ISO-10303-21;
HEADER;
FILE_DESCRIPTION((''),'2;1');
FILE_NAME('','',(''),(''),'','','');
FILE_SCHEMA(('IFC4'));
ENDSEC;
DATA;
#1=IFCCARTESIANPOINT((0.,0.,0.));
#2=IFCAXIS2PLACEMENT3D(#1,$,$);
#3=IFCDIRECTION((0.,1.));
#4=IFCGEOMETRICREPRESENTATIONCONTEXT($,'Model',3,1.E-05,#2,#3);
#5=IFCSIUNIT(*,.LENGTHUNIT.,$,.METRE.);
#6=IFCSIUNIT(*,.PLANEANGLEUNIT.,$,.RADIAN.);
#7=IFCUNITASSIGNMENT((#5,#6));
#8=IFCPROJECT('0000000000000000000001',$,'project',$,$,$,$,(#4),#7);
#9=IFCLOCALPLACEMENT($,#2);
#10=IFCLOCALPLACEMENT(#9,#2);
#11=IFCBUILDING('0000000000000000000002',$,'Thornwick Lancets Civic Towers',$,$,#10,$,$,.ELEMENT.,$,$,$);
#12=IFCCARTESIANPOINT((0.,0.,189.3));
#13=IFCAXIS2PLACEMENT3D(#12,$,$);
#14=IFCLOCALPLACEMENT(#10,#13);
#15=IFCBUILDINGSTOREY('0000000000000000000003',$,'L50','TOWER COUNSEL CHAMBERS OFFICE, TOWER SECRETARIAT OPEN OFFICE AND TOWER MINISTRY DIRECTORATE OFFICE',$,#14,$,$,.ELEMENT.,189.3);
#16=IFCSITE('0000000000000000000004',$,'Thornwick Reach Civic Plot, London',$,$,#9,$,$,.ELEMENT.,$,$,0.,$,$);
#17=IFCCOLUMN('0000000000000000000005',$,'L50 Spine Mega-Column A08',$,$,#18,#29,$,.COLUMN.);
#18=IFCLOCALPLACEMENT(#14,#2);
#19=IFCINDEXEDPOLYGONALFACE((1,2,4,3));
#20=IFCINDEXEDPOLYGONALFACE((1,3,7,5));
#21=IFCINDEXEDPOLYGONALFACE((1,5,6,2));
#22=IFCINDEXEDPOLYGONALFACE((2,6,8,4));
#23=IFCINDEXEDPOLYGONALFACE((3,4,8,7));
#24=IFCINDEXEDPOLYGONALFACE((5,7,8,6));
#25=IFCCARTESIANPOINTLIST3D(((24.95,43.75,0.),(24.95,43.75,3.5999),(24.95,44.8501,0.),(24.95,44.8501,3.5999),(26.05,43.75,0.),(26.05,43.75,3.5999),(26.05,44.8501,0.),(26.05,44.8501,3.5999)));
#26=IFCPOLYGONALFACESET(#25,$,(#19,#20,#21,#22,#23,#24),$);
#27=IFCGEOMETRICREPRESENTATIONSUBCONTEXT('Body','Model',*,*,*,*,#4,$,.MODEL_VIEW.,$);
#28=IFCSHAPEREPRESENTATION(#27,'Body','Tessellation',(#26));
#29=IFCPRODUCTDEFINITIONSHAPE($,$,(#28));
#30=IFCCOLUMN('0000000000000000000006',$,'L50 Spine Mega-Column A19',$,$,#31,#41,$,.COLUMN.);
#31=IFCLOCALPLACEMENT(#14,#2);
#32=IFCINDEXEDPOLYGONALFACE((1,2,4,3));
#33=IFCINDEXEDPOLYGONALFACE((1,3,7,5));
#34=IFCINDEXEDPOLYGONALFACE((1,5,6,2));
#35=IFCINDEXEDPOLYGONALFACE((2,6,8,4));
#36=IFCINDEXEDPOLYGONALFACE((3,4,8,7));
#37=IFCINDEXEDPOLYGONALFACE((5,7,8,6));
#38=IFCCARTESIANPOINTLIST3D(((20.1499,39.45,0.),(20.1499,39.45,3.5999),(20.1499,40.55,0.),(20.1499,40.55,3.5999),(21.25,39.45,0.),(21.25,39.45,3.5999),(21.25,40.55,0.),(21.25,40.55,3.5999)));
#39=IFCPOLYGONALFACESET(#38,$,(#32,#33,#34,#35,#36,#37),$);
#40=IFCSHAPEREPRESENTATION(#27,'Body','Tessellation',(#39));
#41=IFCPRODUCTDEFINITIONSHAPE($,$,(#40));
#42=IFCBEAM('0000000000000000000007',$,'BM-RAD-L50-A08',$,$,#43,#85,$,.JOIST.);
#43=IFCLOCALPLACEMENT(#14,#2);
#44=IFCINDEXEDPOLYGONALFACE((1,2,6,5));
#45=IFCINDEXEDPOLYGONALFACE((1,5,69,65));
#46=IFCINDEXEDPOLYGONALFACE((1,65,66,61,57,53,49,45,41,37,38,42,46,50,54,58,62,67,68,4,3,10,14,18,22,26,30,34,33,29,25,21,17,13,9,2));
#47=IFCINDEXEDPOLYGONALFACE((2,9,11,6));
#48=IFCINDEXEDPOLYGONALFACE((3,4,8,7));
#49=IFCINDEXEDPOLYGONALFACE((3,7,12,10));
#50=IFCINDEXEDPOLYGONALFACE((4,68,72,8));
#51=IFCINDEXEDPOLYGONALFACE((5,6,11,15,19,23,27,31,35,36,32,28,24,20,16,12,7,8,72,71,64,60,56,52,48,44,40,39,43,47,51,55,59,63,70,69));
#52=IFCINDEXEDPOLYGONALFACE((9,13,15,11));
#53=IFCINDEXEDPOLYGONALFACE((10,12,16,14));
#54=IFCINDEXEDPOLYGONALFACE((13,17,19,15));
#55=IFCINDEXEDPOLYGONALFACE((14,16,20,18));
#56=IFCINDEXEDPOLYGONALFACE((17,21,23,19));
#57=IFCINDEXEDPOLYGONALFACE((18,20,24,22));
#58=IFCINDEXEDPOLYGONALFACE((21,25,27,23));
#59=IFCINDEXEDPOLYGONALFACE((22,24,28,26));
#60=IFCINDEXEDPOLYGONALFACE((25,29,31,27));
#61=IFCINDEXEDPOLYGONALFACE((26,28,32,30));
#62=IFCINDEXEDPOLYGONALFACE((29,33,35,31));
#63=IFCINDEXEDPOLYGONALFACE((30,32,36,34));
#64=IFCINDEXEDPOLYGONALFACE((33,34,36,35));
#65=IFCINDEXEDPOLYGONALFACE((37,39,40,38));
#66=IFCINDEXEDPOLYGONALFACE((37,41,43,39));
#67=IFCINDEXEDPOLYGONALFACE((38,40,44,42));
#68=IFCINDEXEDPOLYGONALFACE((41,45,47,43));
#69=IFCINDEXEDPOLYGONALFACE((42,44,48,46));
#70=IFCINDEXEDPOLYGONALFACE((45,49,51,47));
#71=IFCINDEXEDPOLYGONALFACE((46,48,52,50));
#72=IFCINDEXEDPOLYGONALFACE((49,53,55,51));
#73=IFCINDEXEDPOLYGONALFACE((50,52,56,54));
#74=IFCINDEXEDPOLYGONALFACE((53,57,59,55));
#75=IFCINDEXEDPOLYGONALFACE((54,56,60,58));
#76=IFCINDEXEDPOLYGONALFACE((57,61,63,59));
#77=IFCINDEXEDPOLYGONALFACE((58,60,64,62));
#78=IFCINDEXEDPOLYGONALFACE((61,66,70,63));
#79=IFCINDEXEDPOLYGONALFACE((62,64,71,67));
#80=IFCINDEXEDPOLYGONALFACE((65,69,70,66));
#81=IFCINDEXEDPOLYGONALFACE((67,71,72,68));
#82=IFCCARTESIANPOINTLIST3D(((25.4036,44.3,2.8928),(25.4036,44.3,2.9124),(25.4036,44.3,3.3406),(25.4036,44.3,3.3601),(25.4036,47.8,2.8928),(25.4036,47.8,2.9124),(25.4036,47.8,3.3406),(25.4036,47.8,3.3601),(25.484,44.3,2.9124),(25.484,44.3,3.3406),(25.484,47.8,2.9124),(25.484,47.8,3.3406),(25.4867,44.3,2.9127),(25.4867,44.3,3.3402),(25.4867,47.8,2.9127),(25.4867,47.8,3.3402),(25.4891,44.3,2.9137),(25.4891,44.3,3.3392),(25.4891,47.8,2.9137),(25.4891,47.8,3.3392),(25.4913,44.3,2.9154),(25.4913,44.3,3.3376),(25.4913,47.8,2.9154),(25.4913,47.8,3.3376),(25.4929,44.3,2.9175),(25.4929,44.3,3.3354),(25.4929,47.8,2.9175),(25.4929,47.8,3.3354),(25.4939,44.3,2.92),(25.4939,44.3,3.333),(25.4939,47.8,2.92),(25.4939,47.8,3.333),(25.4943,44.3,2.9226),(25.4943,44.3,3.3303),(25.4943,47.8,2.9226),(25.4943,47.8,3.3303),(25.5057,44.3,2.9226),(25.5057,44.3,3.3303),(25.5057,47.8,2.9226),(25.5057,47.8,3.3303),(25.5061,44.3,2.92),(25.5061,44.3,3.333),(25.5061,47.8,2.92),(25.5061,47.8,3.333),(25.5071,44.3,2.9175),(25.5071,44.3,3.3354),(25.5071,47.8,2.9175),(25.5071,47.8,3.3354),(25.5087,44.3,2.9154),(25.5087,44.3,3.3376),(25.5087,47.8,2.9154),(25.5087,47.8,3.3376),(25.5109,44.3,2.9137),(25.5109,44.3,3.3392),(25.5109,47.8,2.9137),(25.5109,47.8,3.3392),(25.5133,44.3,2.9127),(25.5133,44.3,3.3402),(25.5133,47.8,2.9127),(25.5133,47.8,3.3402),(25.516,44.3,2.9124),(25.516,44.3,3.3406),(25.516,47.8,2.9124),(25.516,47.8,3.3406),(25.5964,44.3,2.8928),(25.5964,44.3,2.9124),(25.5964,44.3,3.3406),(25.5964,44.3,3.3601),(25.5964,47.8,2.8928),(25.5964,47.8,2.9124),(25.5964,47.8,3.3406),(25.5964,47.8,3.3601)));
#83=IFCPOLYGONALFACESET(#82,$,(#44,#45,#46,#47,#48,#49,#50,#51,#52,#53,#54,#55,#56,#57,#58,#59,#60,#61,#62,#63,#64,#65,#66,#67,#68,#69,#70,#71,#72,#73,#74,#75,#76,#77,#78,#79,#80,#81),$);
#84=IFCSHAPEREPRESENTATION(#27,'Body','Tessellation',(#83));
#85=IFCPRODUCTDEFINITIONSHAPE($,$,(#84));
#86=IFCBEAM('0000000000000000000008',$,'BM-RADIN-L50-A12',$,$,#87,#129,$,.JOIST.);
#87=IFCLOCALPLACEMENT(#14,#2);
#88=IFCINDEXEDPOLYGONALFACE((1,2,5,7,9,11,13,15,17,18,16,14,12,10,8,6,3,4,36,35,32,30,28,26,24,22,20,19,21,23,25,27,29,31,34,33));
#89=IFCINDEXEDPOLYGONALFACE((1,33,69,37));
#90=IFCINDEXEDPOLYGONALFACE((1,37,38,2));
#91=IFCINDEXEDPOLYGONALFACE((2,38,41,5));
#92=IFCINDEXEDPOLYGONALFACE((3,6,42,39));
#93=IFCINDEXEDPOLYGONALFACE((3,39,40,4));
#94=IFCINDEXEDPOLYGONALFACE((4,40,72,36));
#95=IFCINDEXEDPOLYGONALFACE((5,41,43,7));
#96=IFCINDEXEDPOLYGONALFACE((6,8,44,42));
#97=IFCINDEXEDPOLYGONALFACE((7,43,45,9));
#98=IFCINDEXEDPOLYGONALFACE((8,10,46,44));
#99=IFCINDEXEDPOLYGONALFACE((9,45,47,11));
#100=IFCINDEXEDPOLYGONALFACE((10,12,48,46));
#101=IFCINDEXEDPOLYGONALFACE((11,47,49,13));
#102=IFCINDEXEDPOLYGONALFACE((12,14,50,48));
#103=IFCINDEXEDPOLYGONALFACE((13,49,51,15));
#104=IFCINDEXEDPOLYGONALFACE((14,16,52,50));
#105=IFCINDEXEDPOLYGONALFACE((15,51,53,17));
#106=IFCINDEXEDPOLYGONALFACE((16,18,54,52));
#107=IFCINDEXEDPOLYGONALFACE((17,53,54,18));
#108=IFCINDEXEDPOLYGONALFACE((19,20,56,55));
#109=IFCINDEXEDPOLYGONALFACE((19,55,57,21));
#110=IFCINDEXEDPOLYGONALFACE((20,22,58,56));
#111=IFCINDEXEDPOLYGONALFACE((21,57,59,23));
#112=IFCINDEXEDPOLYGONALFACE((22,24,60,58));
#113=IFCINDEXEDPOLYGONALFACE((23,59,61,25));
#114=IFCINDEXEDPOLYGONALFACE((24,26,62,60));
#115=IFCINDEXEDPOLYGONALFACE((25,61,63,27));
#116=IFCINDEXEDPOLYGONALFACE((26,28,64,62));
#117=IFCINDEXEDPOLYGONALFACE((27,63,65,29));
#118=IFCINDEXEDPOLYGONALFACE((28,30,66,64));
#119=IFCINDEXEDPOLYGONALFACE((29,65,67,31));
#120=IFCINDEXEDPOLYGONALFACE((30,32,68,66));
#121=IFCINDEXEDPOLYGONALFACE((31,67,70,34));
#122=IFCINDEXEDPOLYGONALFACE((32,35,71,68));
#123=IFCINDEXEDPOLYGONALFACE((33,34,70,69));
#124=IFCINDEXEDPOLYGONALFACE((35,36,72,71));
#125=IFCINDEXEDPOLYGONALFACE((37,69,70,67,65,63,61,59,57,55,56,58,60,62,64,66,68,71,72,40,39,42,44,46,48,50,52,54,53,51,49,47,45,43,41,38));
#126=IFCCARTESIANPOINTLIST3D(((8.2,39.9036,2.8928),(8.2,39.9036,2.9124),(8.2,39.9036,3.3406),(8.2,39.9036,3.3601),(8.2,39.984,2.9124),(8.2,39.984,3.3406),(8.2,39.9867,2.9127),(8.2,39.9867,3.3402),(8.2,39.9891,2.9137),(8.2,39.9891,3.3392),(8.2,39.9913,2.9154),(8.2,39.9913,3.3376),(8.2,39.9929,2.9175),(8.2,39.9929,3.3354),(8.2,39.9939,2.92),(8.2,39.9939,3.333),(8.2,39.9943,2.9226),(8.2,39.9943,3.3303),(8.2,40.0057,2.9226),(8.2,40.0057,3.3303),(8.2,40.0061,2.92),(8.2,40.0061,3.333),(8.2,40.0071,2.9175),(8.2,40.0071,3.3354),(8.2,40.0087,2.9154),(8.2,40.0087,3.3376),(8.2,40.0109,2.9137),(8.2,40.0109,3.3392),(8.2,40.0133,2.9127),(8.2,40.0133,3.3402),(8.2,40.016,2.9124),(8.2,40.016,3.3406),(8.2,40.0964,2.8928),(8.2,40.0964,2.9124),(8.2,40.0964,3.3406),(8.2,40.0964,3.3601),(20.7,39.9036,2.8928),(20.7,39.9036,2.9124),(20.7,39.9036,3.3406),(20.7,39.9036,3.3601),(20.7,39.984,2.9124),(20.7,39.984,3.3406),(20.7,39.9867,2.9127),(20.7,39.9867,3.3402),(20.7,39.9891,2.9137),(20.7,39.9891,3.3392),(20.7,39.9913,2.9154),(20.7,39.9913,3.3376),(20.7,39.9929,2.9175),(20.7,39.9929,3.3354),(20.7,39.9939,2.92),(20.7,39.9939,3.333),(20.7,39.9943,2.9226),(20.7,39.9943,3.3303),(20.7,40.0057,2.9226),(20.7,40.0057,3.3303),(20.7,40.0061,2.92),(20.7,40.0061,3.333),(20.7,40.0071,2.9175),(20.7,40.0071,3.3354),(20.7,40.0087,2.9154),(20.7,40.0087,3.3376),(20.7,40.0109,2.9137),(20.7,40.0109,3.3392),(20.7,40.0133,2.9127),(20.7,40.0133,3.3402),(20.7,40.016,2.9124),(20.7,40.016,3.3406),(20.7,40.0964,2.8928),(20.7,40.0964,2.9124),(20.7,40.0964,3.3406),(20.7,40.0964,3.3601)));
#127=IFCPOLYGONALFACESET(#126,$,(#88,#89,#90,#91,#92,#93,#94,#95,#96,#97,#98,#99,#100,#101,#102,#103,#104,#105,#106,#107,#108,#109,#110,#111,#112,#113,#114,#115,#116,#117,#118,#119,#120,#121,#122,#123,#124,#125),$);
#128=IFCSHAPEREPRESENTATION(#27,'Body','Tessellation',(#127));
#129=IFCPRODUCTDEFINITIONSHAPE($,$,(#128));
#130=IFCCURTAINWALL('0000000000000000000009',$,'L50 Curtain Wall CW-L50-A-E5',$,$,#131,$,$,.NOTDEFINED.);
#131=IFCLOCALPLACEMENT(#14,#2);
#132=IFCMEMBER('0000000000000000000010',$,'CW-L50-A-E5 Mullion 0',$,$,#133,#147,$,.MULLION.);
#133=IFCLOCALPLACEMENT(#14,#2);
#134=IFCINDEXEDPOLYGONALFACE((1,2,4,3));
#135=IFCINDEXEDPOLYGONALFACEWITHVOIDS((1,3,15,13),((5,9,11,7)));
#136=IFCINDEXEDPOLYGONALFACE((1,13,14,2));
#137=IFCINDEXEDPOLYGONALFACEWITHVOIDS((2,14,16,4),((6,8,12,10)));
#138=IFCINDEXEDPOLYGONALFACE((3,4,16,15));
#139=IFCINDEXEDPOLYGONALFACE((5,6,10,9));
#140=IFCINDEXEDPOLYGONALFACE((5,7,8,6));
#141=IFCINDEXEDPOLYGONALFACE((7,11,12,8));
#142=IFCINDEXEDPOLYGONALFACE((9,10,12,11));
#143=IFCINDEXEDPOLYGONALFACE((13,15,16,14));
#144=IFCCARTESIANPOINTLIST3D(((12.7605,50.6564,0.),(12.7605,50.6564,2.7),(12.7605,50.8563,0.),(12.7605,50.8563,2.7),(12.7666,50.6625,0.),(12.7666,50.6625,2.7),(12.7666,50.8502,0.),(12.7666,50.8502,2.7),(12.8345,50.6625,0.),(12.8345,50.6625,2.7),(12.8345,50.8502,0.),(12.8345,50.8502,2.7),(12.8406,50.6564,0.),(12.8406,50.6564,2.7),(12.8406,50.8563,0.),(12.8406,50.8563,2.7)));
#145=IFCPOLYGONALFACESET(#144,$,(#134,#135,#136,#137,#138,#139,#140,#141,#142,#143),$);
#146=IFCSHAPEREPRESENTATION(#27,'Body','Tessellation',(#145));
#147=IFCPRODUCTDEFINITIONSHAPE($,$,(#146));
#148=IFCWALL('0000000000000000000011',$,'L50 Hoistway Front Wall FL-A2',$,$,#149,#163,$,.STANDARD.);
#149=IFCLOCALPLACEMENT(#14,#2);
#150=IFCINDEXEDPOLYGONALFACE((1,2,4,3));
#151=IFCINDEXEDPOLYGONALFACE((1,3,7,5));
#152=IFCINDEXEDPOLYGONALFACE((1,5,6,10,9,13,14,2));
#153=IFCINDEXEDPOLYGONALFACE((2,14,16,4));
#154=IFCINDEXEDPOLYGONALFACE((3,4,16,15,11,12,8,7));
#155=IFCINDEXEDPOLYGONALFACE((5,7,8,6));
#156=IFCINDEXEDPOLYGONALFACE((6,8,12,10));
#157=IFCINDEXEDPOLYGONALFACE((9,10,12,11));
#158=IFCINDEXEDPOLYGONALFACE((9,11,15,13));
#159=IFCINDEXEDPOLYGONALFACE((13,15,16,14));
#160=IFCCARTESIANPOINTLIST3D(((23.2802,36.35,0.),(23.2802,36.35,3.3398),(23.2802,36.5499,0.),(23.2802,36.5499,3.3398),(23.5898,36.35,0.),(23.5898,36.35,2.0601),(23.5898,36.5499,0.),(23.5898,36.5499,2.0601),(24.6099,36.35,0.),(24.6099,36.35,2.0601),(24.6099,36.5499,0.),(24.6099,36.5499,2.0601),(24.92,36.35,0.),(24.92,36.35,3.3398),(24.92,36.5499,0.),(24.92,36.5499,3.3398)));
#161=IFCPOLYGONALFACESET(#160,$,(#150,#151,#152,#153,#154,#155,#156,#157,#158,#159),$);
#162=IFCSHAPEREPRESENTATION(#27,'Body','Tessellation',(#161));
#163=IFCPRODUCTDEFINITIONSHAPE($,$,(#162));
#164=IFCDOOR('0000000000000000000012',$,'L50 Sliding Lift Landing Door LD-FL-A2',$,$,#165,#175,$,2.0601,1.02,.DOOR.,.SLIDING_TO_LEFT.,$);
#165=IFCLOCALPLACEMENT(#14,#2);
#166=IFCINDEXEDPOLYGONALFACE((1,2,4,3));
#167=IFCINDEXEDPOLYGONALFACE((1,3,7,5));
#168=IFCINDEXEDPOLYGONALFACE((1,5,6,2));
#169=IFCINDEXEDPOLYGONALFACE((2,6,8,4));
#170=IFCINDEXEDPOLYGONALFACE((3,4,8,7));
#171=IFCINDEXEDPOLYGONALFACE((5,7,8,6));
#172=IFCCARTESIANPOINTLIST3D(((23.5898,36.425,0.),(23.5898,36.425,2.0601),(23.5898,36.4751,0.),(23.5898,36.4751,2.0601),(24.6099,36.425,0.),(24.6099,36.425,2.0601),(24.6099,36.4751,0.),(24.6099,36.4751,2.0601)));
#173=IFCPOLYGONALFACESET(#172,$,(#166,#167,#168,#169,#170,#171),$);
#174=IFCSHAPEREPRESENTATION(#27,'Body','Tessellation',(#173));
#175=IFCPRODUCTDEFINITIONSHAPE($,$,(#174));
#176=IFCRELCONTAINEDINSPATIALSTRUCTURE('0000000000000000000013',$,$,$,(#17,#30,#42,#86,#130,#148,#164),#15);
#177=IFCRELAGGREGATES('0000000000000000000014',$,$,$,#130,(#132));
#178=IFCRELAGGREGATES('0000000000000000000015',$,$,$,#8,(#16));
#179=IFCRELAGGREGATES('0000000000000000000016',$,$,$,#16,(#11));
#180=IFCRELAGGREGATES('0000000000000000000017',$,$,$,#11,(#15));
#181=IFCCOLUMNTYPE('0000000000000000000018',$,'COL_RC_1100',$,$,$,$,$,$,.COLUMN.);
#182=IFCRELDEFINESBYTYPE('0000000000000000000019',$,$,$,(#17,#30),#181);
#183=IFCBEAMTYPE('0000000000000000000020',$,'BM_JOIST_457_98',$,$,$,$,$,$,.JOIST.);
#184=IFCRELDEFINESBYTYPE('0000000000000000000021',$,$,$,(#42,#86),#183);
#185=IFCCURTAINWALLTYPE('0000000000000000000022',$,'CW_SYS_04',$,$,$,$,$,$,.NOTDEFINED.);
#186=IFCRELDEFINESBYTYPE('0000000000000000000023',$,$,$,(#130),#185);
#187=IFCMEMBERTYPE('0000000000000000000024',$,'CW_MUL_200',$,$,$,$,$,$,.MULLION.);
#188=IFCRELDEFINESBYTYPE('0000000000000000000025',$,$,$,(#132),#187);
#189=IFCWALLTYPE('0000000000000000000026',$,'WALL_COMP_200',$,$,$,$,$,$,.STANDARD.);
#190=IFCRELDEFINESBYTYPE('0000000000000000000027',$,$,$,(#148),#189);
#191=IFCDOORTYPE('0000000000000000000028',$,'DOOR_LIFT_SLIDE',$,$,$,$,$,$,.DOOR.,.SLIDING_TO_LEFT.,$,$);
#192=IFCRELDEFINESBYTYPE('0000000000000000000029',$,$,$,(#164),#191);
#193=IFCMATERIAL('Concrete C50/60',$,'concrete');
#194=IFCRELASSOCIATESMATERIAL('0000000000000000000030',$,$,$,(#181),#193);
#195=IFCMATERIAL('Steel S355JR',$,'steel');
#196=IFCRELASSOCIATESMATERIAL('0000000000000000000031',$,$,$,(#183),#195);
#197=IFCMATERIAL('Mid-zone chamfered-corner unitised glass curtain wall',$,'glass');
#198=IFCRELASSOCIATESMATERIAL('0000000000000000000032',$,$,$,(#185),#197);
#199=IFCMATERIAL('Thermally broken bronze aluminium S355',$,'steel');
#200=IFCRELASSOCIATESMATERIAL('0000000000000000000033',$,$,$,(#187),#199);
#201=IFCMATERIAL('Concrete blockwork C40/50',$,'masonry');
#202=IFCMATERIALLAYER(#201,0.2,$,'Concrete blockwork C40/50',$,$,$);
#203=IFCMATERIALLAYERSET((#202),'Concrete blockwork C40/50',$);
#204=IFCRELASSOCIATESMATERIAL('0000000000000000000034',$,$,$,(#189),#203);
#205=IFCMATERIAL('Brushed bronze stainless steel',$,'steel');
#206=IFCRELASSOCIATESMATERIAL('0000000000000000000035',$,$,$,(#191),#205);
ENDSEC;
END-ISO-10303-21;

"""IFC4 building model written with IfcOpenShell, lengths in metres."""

from ifc_helpers import new_model, si_unit, direction, frame, frame_2d, origin, origin_2d, place, context, subcontext, project, spatial, rectangle, hollow_rectangle, i_section, extrude, material, layer, layer_set, material_profile, profile_set, type_object, element, fill, aggregate, save


model = new_model("IFC4")

# Units and contexts
model_context = context("Model", 3, precision=1e-05, world=origin(), true_north=direction((0.0, 1.0)))
body_context = subcontext(model_context, "Body", "Model", "MODEL_VIEW")
ifc_project = project(units=[si_unit("LENGTHUNIT", "METRE"), si_unit("PLANEANGLEUNIT", "RADIAN")], contexts=[model_context])

# Site, building, storey
site_placement = place(None, origin())
site = spatial("IfcSite", under=ifc_project, at=site_placement, Name="Thornwick Reach Civic Plot, London", CompositionType="ELEMENT", RefElevation=0.0)
building_placement = place(site_placement, origin())
building = spatial("IfcBuilding", under=site, at=building_placement, Name="Thornwick Lancets Civic Towers", CompositionType="ELEMENT")
storey_placement = place(building_placement, frame((0.0, 0.0, 189.3)))
storey = spatial("IfcBuildingStorey", under=building, at=storey_placement, Name="L50", Description="TOWER COUNSEL CHAMBERS OFFICE, TOWER SECRETARIAT OPEN OFFICE AND TOWER MINISTRY DIRECTORATE OFFICE", CompositionType="ELEMENT", Elevation=189.3)

# Columns
ifc_material_1 = material(Name="Concrete C50/60", Category="concrete")
ifc_material_profile_1 = material_profile(ifc_material_1, rectangle(XDim=1.1001, YDim=1.1001, at=origin_2d()), Name="RC 1100x1100")
ifc_profile_set_1 = profile_set([ifc_material_profile_1], Name="Concrete C50/60")
column_type = type_object("IfcColumnType", Name="COL_RC_1100", PredefinedType="COLUMN", material=ifc_profile_set_1)
for number, where, z_axis, x_axis, name in (
    (1, (25.5, 44.3, 0.0), (0.0, 0.0, 1.0), (1.0, 0.0, 0.0), "L50 Spine Mega-Column A08"),
    (2, (20.7, 40.0, 0.0), (0.0, 0.0, 1.0), (1.0, 0.0, 0.0), "L50 Spine Mega-Column A19"),
):
    element("IfcColumn", number, at=place(storey_placement, frame(where, z_axis=z_axis, x_axis=x_axis)), inside=storey, type_object=column_type, Name=name, PredefinedType="COLUMN", context=body_context, shape_type="SweptSolid", body=[
        extrude(rectangle(XDim=1.1001, YDim=1.1001, at=origin_2d()), origin(), (0.0, 0.0, 1.0), 3.5999),
    ])

# Beams
ifc_material_2 = material(Name="Steel S355JR", Category="steel")
ifc_material_profile_2 = material_profile(ifc_material_2, i_section(OverallWidth=0.1929, OverallDepth=0.4673, WebThickness=0.0115, FlangeThickness=0.0195, FilletRadius=0.0103, at=origin_2d()), Name="UKB 457x191x98")
ifc_profile_set_2 = profile_set([ifc_material_profile_2], Name="Steel S355JR")
beam_type = type_object("IfcBeamType", Name="BM_JOIST_457_98", PredefinedType="JOIST", material=ifc_profile_set_2)
beam_1_placement = place(storey_placement, frame((25.5, 44.3, 3.1265), z_axis=(0.0, 1.0, 0.0), x_axis=(-1.0, 0.0, 0.0)))
element("IfcBeam", 3, at=beam_1_placement, inside=storey, type_object=beam_type, Name="BM-RAD-L50-A08", PredefinedType="JOIST", context=body_context, shape_type="SweptSolid", body=[
    extrude(i_section(OverallWidth=0.1929, OverallDepth=0.4673, WebThickness=0.0115, FlangeThickness=0.0195, FilletRadius=0.0103, at=origin_2d()), origin(), (0.0, 0.0, 1.0), 3.5),
])
beam_2_placement = place(storey_placement, frame((20.7, 40.0, 3.1265), z_axis=(-1.0, 0.0, 0.0), x_axis=(0.0, -1.0, 0.0)))
element("IfcBeam", 4, at=beam_2_placement, inside=storey, type_object=beam_type, Name="BM-RADIN-L50-A12", PredefinedType="JOIST", context=body_context, shape_type="SweptSolid", body=[
    extrude(i_section(OverallWidth=0.1929, OverallDepth=0.4673, WebThickness=0.0115, FlangeThickness=0.0195, FilletRadius=0.0103, at=origin_2d()), origin(), (0.0, 0.0, 1.0), 12.5),
])

# Curtain wall, member
ifc_material_3 = material(Name="Mid-zone chamfered-corner unitised glass curtain wall", Category="glass")
curtain_wall_type = type_object("IfcCurtainWallType", Name="CW_SYS_04", PredefinedType="NOTDEFINED", material=ifc_material_3)
curtain_wall_placement = place(storey_placement, origin())
curtain_wall = element("IfcCurtainWall", 5, at=curtain_wall_placement, inside=storey, type_object=curtain_wall_type, Name="L50 Curtain Wall CW-L50-A-E5", PredefinedType="NOTDEFINED")
ifc_material_4 = material(Name="Thermally broken bronze aluminium S355", Category="steel")
ifc_material_profile_3 = material_profile(ifc_material_4, hollow_rectangle(XDim=0.0801, YDim=0.2, WallThickness=0.0061, at=origin_2d()), Name="RHS 200x80x6")
ifc_profile_set_3 = profile_set([ifc_material_profile_3], Name="Thermally broken bronze aluminium S355")
member_type = type_object("IfcMemberType", Name="CW_MUL_200", PredefinedType="MULLION", material=ifc_profile_set_3)
member_placement = place(storey_placement, frame((12.8005, 50.7563, 0.0), z_axis=(0.0, 0.0, 1.0), x_axis=(1.0, 0.0, 0.0)))
member = element("IfcMember", 6, at=member_placement, type_object=member_type, Name="CW-L50-A-E5 Mullion 0", PredefinedType="MULLION", context=body_context, shape_type="SweptSolid", body=[
    extrude(hollow_rectangle(XDim=0.0801, YDim=0.2, WallThickness=0.0061, at=origin_2d()), origin(), (0.0, 0.0, 1.0), 2.7),
])
aggregate(curtain_wall, [member])

# Wall, opening, door
ifc_material_5 = material(Name="Concrete blockwork C40/50", Category="masonry")
ifc_layer_1 = layer(ifc_material_5, 0.2, Name="Concrete blockwork C40/50")
ifc_layer_set_1 = layer_set([ifc_layer_1], Name="Concrete blockwork C40/50")
wall_type_1 = type_object("IfcWallType", Name="WALL_COMP_200", PredefinedType="STANDARD", material=ifc_layer_set_1)
wall_1_placement = place(storey_placement, frame((24.9199, 36.45, 0.0), z_axis=(0.0, 0.0, 1.0), x_axis=(-1.0, 0.0, 0.0)))
wall_1 = element("IfcWall", 7, at=wall_1_placement, inside=storey, type_object=wall_type_1, Name="L50 Hoistway Front Wall FL-A2", PredefinedType="STANDARD", context=body_context, shape_type="SweptSolid", body=[
    extrude(rectangle(XDim=1.6399, YDim=0.2, at=frame_2d((0.8198, 0.0))), origin(), (0.0, 0.0, 1.0), 3.3398),
])
opening_1_placement = place(wall_1_placement, frame((0.3101, 0.0, 0.0)))
opening_1 = element("IfcOpeningElement", 8, at=opening_1_placement, cuts=wall_1, PredefinedType="OPENING", context=body_context, shape_type="SweptSolid", body=[
    extrude(rectangle(XDim=1.02, YDim=2.0601, at=frame_2d((0.51, 1.03))), frame((0.0, 0.1099, 0.0), z_axis=(0.0, -1.0, 0.0), x_axis=(1.0, 0.0, 0.0)), (0.0, 0.0, 1.0), 0.22),
])
ifc_material_6 = material(Name="Brushed bronze stainless steel", Category="steel")
door_type = type_object("IfcDoorType", Name="DOOR_LIFT_SLIDE", OperationType="SLIDING_TO_LEFT", PredefinedType="DOOR", material=ifc_material_6)
door_1_placement = place(opening_1_placement, origin())
door_1 = element("IfcDoor", 9, at=door_1_placement, inside=storey, type_object=door_type, Name="L50 Sliding Lift Landing Door LD-FL-A2", OperationType="SLIDING_TO_LEFT", OverallHeight=2.0601, OverallWidth=1.02, PredefinedType="DOOR", context=body_context, shape_type="SweptSolid", body=[
    extrude(rectangle(XDim=1.02, YDim=2.0601, at=frame_2d((0.51, 1.03))), frame((0.0, 0.0249, 0.0), z_axis=(0.0, -1.0, 0.0), x_axis=(1.0, 0.0, 0.0)), (0.0, 0.0, 1.0), 0.05),
])
fill(opening_1, door_1)

save(model, "model.ifc")
